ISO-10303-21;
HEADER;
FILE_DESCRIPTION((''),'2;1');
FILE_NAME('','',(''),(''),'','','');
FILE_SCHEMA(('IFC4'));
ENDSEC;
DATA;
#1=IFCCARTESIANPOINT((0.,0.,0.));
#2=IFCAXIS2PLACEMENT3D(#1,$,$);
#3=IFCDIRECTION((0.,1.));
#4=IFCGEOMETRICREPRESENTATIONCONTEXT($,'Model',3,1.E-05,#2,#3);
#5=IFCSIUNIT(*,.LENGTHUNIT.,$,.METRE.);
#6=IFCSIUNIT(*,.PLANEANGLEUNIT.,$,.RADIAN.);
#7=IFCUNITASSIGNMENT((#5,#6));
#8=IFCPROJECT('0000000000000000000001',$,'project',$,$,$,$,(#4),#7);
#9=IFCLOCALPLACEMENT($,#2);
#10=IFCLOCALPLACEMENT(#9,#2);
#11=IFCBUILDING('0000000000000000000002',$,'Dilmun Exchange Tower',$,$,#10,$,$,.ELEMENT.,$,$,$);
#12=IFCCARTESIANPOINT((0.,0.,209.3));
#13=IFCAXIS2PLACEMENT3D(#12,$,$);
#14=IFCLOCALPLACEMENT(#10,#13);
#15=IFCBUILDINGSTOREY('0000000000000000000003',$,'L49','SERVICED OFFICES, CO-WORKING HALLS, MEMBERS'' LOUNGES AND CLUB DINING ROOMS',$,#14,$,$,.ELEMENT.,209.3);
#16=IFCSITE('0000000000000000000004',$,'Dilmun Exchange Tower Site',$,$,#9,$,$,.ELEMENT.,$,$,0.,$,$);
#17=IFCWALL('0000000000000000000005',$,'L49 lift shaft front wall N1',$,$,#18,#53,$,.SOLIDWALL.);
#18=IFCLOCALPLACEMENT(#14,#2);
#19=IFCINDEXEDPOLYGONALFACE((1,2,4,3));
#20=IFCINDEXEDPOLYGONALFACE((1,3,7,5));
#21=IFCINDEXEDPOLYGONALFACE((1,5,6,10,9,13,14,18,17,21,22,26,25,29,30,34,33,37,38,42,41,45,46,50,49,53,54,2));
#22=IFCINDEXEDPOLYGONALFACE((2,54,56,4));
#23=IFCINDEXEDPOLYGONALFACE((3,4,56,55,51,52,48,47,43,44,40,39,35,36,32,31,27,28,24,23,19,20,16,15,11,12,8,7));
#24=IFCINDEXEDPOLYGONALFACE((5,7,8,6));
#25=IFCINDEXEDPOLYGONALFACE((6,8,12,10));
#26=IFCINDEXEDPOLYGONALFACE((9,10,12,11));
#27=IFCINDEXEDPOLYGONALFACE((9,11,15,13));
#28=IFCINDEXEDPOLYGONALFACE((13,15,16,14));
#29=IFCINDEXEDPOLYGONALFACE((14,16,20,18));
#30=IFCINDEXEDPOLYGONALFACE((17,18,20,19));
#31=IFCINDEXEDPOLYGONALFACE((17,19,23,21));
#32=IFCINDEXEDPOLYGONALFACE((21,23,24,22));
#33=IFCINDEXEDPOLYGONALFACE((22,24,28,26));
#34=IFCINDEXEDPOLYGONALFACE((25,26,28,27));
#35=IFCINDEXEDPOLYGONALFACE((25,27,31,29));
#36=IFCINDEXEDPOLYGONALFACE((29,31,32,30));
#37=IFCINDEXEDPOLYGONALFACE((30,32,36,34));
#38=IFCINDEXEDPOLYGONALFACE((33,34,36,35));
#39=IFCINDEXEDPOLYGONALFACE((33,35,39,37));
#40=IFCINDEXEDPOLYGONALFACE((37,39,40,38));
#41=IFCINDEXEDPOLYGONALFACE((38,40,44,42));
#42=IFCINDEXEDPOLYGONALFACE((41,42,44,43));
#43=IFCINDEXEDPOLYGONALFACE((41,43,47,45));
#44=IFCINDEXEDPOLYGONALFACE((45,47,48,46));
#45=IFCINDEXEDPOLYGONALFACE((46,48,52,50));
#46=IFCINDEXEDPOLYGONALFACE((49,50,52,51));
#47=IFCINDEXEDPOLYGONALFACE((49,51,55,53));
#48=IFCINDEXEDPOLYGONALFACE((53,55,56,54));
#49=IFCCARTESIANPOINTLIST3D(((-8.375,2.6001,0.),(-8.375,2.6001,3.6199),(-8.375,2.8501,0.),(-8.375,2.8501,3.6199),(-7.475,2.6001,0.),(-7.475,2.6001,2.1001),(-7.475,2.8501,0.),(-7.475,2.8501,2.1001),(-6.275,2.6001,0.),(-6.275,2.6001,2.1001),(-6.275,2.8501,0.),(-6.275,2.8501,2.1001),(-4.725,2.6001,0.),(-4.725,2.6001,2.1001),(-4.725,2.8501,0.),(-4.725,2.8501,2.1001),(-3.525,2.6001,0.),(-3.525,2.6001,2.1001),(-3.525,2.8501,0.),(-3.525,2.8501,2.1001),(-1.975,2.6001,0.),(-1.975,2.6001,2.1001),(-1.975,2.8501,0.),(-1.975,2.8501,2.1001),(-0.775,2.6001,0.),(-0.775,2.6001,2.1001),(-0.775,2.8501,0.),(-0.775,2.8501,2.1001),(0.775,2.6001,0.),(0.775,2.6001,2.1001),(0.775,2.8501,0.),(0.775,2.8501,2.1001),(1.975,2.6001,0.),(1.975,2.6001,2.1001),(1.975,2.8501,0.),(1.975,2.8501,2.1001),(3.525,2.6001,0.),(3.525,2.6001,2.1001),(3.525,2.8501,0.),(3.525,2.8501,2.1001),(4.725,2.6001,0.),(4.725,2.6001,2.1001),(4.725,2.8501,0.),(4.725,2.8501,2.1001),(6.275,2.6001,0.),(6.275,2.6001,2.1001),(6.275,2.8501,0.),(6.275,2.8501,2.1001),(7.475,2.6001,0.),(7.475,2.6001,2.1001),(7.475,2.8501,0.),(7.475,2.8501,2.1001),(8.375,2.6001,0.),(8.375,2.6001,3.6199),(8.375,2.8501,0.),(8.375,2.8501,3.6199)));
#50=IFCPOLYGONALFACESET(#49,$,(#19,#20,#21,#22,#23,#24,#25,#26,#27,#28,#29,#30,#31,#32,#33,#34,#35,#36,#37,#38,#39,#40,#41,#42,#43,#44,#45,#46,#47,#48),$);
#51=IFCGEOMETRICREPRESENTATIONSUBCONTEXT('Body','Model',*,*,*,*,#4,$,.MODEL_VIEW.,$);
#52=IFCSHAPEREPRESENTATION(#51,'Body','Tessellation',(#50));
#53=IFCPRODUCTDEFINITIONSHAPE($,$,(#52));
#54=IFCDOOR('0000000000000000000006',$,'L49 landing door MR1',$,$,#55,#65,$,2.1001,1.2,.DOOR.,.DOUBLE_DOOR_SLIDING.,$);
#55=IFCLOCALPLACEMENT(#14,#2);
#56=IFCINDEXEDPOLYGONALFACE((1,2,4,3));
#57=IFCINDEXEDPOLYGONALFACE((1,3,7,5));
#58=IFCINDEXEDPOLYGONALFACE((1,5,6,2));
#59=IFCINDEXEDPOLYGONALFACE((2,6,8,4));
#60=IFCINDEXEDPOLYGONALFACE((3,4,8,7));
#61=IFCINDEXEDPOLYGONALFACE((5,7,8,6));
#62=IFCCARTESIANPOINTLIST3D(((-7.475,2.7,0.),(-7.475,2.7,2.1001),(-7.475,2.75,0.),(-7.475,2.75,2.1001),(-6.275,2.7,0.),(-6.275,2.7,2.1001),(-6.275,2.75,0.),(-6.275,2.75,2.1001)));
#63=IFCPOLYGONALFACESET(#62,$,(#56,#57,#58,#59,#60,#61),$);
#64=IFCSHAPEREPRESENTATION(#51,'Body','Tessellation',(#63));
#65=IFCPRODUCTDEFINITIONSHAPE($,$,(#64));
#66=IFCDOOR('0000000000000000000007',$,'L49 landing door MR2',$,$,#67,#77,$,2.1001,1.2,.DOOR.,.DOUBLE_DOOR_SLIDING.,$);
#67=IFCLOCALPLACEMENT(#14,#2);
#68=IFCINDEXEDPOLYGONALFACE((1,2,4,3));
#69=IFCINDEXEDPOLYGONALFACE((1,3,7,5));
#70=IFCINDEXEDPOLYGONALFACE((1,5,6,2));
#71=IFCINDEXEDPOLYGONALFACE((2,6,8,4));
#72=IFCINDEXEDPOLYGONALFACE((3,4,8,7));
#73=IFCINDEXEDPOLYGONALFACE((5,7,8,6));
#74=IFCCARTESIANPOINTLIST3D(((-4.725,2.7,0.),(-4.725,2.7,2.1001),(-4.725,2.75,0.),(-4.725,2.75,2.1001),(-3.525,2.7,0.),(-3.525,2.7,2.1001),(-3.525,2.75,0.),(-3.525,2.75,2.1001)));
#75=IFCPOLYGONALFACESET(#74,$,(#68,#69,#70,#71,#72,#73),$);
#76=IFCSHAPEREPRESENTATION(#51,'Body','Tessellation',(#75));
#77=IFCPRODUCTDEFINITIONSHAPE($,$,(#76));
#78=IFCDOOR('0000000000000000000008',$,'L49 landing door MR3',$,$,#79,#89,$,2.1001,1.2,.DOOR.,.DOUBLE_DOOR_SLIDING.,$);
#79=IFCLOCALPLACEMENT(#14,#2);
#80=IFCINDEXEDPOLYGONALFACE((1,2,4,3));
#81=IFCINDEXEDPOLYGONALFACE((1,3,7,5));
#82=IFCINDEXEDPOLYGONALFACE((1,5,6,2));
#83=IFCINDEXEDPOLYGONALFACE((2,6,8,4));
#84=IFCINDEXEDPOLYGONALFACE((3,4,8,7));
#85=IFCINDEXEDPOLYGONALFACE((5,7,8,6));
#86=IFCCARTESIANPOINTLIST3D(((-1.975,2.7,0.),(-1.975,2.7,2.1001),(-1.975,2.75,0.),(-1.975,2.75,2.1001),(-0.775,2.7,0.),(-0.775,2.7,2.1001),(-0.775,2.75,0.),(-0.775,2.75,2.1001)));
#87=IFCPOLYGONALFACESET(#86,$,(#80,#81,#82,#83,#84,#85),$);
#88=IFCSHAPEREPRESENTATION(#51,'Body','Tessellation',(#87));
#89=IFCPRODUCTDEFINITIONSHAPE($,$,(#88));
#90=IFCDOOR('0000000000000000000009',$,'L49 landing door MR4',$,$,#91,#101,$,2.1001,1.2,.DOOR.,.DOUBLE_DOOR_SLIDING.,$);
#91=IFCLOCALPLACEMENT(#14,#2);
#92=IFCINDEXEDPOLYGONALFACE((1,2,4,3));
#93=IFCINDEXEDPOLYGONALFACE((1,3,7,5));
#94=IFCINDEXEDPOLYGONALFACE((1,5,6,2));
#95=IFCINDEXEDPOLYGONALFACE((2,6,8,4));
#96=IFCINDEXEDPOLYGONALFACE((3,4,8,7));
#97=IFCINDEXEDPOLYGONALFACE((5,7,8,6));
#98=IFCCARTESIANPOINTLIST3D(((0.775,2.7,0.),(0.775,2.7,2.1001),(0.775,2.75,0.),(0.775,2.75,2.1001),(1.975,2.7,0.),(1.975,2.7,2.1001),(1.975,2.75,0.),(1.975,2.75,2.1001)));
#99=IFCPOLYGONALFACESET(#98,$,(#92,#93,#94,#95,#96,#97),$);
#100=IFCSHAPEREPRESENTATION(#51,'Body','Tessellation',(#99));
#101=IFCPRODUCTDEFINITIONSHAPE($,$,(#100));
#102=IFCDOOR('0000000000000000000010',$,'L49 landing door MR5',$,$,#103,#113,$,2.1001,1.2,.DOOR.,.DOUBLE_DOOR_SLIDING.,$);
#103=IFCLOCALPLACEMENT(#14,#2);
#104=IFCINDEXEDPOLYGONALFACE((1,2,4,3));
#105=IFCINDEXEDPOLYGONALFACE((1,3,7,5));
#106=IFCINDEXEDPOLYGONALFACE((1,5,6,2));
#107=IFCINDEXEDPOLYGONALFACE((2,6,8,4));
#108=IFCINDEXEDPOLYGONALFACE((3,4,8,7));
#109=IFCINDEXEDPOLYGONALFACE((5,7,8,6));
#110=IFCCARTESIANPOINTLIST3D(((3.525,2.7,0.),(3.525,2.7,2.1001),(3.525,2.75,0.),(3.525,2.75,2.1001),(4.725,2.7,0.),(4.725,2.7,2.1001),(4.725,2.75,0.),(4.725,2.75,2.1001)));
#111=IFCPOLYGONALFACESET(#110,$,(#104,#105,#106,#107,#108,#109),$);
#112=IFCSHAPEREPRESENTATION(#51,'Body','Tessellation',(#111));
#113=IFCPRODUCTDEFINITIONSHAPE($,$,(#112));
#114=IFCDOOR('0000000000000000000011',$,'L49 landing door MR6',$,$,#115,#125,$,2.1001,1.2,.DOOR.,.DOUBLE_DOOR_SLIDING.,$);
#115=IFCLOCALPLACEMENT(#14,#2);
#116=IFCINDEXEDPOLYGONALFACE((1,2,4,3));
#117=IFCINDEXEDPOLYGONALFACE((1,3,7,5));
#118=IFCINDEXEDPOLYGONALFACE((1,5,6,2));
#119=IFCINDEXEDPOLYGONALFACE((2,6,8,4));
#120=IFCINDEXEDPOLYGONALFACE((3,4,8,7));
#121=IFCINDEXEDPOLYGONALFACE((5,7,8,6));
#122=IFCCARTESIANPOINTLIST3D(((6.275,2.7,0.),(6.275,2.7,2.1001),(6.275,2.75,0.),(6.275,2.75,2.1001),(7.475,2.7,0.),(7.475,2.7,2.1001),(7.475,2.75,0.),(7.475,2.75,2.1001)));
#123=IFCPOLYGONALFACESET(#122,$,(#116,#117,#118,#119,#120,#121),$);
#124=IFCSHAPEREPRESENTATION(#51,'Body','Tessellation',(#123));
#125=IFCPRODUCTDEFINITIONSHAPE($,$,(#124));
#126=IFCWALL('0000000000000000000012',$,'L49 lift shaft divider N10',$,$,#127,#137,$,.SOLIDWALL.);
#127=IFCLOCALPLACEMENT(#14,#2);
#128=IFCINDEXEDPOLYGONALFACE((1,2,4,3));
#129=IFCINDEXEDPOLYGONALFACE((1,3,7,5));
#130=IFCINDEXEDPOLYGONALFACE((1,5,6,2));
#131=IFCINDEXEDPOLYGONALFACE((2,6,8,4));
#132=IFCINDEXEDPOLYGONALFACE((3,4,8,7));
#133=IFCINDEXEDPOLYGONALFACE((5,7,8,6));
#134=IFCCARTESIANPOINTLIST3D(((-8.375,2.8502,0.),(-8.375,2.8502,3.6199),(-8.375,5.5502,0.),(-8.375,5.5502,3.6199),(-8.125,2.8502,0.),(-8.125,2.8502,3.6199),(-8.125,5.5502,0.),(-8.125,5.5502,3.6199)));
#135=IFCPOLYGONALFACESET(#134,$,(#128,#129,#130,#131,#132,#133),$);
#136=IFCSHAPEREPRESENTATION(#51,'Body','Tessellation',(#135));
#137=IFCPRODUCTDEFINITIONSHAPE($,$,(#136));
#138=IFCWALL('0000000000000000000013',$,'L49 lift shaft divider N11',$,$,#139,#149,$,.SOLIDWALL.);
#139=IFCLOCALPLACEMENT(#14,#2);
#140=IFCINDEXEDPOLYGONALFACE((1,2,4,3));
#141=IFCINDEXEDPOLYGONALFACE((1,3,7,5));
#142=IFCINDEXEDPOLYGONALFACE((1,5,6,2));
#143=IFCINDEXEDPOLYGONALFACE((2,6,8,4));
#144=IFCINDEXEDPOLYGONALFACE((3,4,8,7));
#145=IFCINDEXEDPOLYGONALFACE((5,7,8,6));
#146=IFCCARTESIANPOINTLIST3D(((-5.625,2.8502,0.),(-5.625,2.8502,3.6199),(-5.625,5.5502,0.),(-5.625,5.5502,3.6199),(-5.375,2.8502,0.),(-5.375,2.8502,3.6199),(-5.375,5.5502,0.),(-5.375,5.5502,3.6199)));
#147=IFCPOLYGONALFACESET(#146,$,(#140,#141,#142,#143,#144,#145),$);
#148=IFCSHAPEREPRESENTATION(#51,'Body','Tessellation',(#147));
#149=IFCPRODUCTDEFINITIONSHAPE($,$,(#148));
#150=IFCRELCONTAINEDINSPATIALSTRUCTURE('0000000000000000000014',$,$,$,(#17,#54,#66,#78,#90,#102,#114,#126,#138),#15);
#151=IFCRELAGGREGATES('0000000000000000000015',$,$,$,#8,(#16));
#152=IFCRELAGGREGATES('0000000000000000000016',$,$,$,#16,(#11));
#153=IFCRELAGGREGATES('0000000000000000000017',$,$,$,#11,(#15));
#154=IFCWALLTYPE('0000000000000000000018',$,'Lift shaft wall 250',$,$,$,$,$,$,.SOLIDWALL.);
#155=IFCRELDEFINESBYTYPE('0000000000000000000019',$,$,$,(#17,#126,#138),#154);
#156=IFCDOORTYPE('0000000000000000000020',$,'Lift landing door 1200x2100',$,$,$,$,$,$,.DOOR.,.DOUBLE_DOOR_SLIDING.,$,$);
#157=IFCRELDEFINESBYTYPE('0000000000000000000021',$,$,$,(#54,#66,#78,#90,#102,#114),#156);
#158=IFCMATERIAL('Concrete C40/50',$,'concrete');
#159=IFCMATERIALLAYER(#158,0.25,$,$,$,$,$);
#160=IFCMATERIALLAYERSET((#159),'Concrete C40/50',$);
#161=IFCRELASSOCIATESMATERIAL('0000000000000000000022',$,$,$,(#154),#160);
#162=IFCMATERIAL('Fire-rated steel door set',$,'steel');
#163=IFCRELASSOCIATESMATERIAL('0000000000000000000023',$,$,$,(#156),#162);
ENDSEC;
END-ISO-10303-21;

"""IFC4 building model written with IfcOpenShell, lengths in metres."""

from ifc_helpers import new_model, si_unit, direction, frame, frame_2d, origin, place, context, subcontext, project, spatial, rectangle, extrude, material, layer, layer_set, type_object, element, fill, save


model = new_model("IFC4")

# Units and contexts
model_context = context("Model", 3, precision=1e-05, world=origin(), true_north=direction((0.0, 1.0)))
body_context = subcontext(model_context, "Body", "Model", "MODEL_VIEW")
ifc_project = project(units=[si_unit("LENGTHUNIT", "METRE"), si_unit("PLANEANGLEUNIT", "RADIAN")], contexts=[model_context])

# Site, building, storey
site_placement = place(None, origin())
site = spatial("IfcSite", under=ifc_project, at=site_placement, Name="Dilmun Exchange Tower Site", CompositionType="ELEMENT", RefElevation=0.0)
building_placement = place(site_placement, origin())
building = spatial("IfcBuilding", under=site, at=building_placement, Name="Dilmun Exchange Tower", CompositionType="ELEMENT")
storey_placement = place(building_placement, frame((0.0, 0.0, 209.3)))
storey = spatial("IfcBuildingStorey", under=building, at=storey_placement, Name="L49", Description="SERVICED OFFICES, CO-WORKING HALLS, MEMBERS' LOUNGES AND CLUB DINING ROOMS", CompositionType="ELEMENT", Elevation=209.3)

# Shared definitions
ifc_material_1 = material(Name="Concrete C40/50", Category="concrete")
ifc_material_2 = material(Name="Fire-rated steel door set", Category="steel")

# Wall, openings, doors
ifc_layer_1 = layer(ifc_material_1, 0.25)
ifc_layer_set_1 = layer_set([ifc_layer_1], Name="Concrete C40/50")
wall_type_1 = type_object("IfcWallType", Name="Lift shaft wall 250", PredefinedType="SOLIDWALL", material=ifc_layer_set_1)
wall_1_placement = place(storey_placement, frame((-8.375, 2.7251, 0.0), z_axis=(0.0, 0.0, 1.0), x_axis=(1.0, 0.0, 0.0)))
wall_1 = element("IfcWall", 1, at=wall_1_placement, inside=storey, type_object=wall_type_1, Name="L49 lift shaft front wall N1", PredefinedType="SOLIDWALL", context=body_context, shape_type="SweptSolid", body=[
    extrude(rectangle(XDim=16.75, YDim=0.25, at=frame_2d((8.375, 0.0))), origin(), (0.0, 0.0, 1.0), 3.6199),
])
opening_1_placement = place(wall_1_placement, frame((0.8999, 0.0, 0.0)))
opening_1 = element("IfcOpeningElement", 2, at=opening_1_placement, cuts=wall_1, PredefinedType="OPENING", context=body_context, shape_type="SweptSolid", body=[
    extrude(rectangle(XDim=1.2, YDim=2.1001, at=frame_2d((0.6001, 1.05))), frame((0.0, 0.135, 0.0), z_axis=(0.0, -1.0, 0.0), x_axis=(1.0, 0.0, 0.0)), (0.0, 0.0, 1.0), 0.27),
])
opening_2_placement = place(wall_1_placement, frame((3.6499, 0.0, 0.0)))
opening_2 = element("IfcOpeningElement", 3, at=opening_2_placement, cuts=wall_1, PredefinedType="OPENING", context=body_context, shape_type="SweptSolid", body=[
    extrude(rectangle(XDim=1.2, YDim=2.1001, at=frame_2d((0.6001, 1.05))), frame((0.0, 0.135, 0.0), z_axis=(0.0, -1.0, 0.0), x_axis=(1.0, 0.0, 0.0)), (0.0, 0.0, 1.0), 0.27),
])
opening_3_placement = place(wall_1_placement, frame((6.3999, 0.0, 0.0)))
opening_3 = element("IfcOpeningElement", 4, at=opening_3_placement, cuts=wall_1, PredefinedType="OPENING", context=body_context, shape_type="SweptSolid", body=[
    extrude(rectangle(XDim=1.2, YDim=2.1001, at=frame_2d((0.6001, 1.05))), frame((0.0, 0.135, 0.0), z_axis=(0.0, -1.0, 0.0), x_axis=(1.0, 0.0, 0.0)), (0.0, 0.0, 1.0), 0.27),
])
opening_4_placement = place(wall_1_placement, frame((9.1499, 0.0, 0.0)))
opening_4 = element("IfcOpeningElement", 5, at=opening_4_placement, cuts=wall_1, PredefinedType="OPENING", context=body_context, shape_type="SweptSolid", body=[
    extrude(rectangle(XDim=1.2, YDim=2.1001, at=frame_2d((0.6001, 1.05))), frame((0.0, 0.135, 0.0), z_axis=(0.0, -1.0, 0.0), x_axis=(1.0, 0.0, 0.0)), (0.0, 0.0, 1.0), 0.27),
])
opening_5_placement = place(wall_1_placement, frame((11.8999, 0.0, 0.0)))
opening_5 = element("IfcOpeningElement", 6, at=opening_5_placement, cuts=wall_1, PredefinedType="OPENING", context=body_context, shape_type="SweptSolid", body=[
    extrude(rectangle(XDim=1.2, YDim=2.1001, at=frame_2d((0.6001, 1.05))), frame((0.0, 0.135, 0.0), z_axis=(0.0, -1.0, 0.0), x_axis=(1.0, 0.0, 0.0)), (0.0, 0.0, 1.0), 0.27),
])
opening_6_placement = place(wall_1_placement, frame((14.6499, 0.0, 0.0)))
opening_6 = element("IfcOpeningElement", 7, at=opening_6_placement, cuts=wall_1, PredefinedType="OPENING", context=body_context, shape_type="SweptSolid", body=[
    extrude(rectangle(XDim=1.2, YDim=2.1001, at=frame_2d((0.6001, 1.05))), frame((0.0, 0.135, 0.0), z_axis=(0.0, -1.0, 0.0), x_axis=(1.0, 0.0, 0.0)), (0.0, 0.0, 1.0), 0.27),
])
door_type_1 = type_object("IfcDoorType", Name="Lift landing door 1200x2100", OperationType="DOUBLE_DOOR_SLIDING", PredefinedType="DOOR", material=ifc_material_2)
door_1_placement = place(opening_1_placement, origin())
door_1 = element("IfcDoor", 8, at=door_1_placement, inside=storey, type_object=door_type_1, Name="L49 landing door MR1", OperationType="DOUBLE_DOOR_SLIDING", OverallHeight=2.1001, OverallWidth=1.2, PredefinedType="DOOR", context=body_context, shape_type="SweptSolid", body=[
    extrude(rectangle(XDim=1.2, YDim=2.1001, at=frame_2d((0.6001, 1.05))), frame((0.0, 0.0249, 0.0), z_axis=(0.0, -1.0, 0.0), x_axis=(1.0, 0.0, 0.0)), (0.0, 0.0, 1.0), 0.05),
])
fill(opening_1, door_1)
door_2_placement = place(opening_2_placement, origin())
door_2 = element("IfcDoor", 9, at=door_2_placement, inside=storey, type_object=door_type_1, Name="L49 landing door MR2", OperationType="DOUBLE_DOOR_SLIDING", OverallHeight=2.1001, OverallWidth=1.2, PredefinedType="DOOR", context=body_context, shape_type="SweptSolid", body=[
    extrude(rectangle(XDim=1.2, YDim=2.1001, at=frame_2d((0.6001, 1.05))), frame((0.0, 0.0249, 0.0), z_axis=(0.0, -1.0, 0.0), x_axis=(1.0, 0.0, 0.0)), (0.0, 0.0, 1.0), 0.05),
])
fill(opening_2, door_2)
door_3_placement = place(opening_3_placement, origin())
door_3 = element("IfcDoor", 10, at=door_3_placement, inside=storey, type_object=door_type_1, Name="L49 landing door MR3", OperationType="DOUBLE_DOOR_SLIDING", OverallHeight=2.1001, OverallWidth=1.2, PredefinedType="DOOR", context=body_context, shape_type="SweptSolid", body=[
    extrude(rectangle(XDim=1.2, YDim=2.1001, at=frame_2d((0.6001, 1.05))), frame((0.0, 0.0249, 0.0), z_axis=(0.0, -1.0, 0.0), x_axis=(1.0, 0.0, 0.0)), (0.0, 0.0, 1.0), 0.05),
])
fill(opening_3, door_3)
door_4_placement = place(opening_4_placement, origin())
door_4 = element("IfcDoor", 11, at=door_4_placement, inside=storey, type_object=door_type_1, Name="L49 landing door MR4", OperationType="DOUBLE_DOOR_SLIDING", OverallHeight=2.1001, OverallWidth=1.2, PredefinedType="DOOR", context=body_context, shape_type="SweptSolid", body=[
    extrude(rectangle(XDim=1.2, YDim=2.1001, at=frame_2d((0.6001, 1.05))), frame((0.0, 0.0249, 0.0), z_axis=(0.0, -1.0, 0.0), x_axis=(1.0, 0.0, 0.0)), (0.0, 0.0, 1.0), 0.05),
])
fill(opening_4, door_4)
door_5_placement = place(opening_5_placement, origin())
door_5 = element("IfcDoor", 12, at=door_5_placement, inside=storey, type_object=door_type_1, Name="L49 landing door MR5", OperationType="DOUBLE_DOOR_SLIDING", OverallHeight=2.1001, OverallWidth=1.2, PredefinedType="DOOR", context=body_context, shape_type="SweptSolid", body=[
    extrude(rectangle(XDim=1.2, YDim=2.1001, at=frame_2d((0.6001, 1.05))), frame((0.0, 0.0249, 0.0), z_axis=(0.0, -1.0, 0.0), x_axis=(1.0, 0.0, 0.0)), (0.0, 0.0, 1.0), 0.05),
])
fill(opening_5, door_5)
door_6_placement = place(opening_6_placement, origin())
door_6 = element("IfcDoor", 13, at=door_6_placement, inside=storey, type_object=door_type_1, Name="L49 landing door MR6", OperationType="DOUBLE_DOOR_SLIDING", OverallHeight=2.1001, OverallWidth=1.2, PredefinedType="DOOR", context=body_context, shape_type="SweptSolid", body=[
    extrude(rectangle(XDim=1.2, YDim=2.1001, at=frame_2d((0.6001, 1.05))), frame((0.0, 0.0249, 0.0), z_axis=(0.0, -1.0, 0.0), x_axis=(1.0, 0.0, 0.0)), (0.0, 0.0, 1.0), 0.05),
])
fill(opening_6, door_6)

# Walls
for number, where, z_axis, x_axis, name in (
    (14, (-8.25, 2.8501, 0.0), (0.0, 0.0, 1.0), (0.0, 1.0, 0.0), "L49 lift shaft divider N10"),
    (15, (-5.5, 2.8501, 0.0), (0.0, 0.0, 1.0), (0.0, 1.0, 0.0), "L49 lift shaft divider N11"),
):
    element("IfcWall", number, at=place(storey_placement, frame(where, z_axis=z_axis, x_axis=x_axis)), inside=storey, type_object=wall_type_1, Name=name, PredefinedType="SOLIDWALL", context=body_context, shape_type="SweptSolid", body=[
        extrude(rectangle(XDim=2.7, YDim=0.25, at=frame_2d((1.3501, 0.0))), origin(), (0.0, 0.0, 1.0), 3.6199),
    ])

save(model, "model.ifc")
